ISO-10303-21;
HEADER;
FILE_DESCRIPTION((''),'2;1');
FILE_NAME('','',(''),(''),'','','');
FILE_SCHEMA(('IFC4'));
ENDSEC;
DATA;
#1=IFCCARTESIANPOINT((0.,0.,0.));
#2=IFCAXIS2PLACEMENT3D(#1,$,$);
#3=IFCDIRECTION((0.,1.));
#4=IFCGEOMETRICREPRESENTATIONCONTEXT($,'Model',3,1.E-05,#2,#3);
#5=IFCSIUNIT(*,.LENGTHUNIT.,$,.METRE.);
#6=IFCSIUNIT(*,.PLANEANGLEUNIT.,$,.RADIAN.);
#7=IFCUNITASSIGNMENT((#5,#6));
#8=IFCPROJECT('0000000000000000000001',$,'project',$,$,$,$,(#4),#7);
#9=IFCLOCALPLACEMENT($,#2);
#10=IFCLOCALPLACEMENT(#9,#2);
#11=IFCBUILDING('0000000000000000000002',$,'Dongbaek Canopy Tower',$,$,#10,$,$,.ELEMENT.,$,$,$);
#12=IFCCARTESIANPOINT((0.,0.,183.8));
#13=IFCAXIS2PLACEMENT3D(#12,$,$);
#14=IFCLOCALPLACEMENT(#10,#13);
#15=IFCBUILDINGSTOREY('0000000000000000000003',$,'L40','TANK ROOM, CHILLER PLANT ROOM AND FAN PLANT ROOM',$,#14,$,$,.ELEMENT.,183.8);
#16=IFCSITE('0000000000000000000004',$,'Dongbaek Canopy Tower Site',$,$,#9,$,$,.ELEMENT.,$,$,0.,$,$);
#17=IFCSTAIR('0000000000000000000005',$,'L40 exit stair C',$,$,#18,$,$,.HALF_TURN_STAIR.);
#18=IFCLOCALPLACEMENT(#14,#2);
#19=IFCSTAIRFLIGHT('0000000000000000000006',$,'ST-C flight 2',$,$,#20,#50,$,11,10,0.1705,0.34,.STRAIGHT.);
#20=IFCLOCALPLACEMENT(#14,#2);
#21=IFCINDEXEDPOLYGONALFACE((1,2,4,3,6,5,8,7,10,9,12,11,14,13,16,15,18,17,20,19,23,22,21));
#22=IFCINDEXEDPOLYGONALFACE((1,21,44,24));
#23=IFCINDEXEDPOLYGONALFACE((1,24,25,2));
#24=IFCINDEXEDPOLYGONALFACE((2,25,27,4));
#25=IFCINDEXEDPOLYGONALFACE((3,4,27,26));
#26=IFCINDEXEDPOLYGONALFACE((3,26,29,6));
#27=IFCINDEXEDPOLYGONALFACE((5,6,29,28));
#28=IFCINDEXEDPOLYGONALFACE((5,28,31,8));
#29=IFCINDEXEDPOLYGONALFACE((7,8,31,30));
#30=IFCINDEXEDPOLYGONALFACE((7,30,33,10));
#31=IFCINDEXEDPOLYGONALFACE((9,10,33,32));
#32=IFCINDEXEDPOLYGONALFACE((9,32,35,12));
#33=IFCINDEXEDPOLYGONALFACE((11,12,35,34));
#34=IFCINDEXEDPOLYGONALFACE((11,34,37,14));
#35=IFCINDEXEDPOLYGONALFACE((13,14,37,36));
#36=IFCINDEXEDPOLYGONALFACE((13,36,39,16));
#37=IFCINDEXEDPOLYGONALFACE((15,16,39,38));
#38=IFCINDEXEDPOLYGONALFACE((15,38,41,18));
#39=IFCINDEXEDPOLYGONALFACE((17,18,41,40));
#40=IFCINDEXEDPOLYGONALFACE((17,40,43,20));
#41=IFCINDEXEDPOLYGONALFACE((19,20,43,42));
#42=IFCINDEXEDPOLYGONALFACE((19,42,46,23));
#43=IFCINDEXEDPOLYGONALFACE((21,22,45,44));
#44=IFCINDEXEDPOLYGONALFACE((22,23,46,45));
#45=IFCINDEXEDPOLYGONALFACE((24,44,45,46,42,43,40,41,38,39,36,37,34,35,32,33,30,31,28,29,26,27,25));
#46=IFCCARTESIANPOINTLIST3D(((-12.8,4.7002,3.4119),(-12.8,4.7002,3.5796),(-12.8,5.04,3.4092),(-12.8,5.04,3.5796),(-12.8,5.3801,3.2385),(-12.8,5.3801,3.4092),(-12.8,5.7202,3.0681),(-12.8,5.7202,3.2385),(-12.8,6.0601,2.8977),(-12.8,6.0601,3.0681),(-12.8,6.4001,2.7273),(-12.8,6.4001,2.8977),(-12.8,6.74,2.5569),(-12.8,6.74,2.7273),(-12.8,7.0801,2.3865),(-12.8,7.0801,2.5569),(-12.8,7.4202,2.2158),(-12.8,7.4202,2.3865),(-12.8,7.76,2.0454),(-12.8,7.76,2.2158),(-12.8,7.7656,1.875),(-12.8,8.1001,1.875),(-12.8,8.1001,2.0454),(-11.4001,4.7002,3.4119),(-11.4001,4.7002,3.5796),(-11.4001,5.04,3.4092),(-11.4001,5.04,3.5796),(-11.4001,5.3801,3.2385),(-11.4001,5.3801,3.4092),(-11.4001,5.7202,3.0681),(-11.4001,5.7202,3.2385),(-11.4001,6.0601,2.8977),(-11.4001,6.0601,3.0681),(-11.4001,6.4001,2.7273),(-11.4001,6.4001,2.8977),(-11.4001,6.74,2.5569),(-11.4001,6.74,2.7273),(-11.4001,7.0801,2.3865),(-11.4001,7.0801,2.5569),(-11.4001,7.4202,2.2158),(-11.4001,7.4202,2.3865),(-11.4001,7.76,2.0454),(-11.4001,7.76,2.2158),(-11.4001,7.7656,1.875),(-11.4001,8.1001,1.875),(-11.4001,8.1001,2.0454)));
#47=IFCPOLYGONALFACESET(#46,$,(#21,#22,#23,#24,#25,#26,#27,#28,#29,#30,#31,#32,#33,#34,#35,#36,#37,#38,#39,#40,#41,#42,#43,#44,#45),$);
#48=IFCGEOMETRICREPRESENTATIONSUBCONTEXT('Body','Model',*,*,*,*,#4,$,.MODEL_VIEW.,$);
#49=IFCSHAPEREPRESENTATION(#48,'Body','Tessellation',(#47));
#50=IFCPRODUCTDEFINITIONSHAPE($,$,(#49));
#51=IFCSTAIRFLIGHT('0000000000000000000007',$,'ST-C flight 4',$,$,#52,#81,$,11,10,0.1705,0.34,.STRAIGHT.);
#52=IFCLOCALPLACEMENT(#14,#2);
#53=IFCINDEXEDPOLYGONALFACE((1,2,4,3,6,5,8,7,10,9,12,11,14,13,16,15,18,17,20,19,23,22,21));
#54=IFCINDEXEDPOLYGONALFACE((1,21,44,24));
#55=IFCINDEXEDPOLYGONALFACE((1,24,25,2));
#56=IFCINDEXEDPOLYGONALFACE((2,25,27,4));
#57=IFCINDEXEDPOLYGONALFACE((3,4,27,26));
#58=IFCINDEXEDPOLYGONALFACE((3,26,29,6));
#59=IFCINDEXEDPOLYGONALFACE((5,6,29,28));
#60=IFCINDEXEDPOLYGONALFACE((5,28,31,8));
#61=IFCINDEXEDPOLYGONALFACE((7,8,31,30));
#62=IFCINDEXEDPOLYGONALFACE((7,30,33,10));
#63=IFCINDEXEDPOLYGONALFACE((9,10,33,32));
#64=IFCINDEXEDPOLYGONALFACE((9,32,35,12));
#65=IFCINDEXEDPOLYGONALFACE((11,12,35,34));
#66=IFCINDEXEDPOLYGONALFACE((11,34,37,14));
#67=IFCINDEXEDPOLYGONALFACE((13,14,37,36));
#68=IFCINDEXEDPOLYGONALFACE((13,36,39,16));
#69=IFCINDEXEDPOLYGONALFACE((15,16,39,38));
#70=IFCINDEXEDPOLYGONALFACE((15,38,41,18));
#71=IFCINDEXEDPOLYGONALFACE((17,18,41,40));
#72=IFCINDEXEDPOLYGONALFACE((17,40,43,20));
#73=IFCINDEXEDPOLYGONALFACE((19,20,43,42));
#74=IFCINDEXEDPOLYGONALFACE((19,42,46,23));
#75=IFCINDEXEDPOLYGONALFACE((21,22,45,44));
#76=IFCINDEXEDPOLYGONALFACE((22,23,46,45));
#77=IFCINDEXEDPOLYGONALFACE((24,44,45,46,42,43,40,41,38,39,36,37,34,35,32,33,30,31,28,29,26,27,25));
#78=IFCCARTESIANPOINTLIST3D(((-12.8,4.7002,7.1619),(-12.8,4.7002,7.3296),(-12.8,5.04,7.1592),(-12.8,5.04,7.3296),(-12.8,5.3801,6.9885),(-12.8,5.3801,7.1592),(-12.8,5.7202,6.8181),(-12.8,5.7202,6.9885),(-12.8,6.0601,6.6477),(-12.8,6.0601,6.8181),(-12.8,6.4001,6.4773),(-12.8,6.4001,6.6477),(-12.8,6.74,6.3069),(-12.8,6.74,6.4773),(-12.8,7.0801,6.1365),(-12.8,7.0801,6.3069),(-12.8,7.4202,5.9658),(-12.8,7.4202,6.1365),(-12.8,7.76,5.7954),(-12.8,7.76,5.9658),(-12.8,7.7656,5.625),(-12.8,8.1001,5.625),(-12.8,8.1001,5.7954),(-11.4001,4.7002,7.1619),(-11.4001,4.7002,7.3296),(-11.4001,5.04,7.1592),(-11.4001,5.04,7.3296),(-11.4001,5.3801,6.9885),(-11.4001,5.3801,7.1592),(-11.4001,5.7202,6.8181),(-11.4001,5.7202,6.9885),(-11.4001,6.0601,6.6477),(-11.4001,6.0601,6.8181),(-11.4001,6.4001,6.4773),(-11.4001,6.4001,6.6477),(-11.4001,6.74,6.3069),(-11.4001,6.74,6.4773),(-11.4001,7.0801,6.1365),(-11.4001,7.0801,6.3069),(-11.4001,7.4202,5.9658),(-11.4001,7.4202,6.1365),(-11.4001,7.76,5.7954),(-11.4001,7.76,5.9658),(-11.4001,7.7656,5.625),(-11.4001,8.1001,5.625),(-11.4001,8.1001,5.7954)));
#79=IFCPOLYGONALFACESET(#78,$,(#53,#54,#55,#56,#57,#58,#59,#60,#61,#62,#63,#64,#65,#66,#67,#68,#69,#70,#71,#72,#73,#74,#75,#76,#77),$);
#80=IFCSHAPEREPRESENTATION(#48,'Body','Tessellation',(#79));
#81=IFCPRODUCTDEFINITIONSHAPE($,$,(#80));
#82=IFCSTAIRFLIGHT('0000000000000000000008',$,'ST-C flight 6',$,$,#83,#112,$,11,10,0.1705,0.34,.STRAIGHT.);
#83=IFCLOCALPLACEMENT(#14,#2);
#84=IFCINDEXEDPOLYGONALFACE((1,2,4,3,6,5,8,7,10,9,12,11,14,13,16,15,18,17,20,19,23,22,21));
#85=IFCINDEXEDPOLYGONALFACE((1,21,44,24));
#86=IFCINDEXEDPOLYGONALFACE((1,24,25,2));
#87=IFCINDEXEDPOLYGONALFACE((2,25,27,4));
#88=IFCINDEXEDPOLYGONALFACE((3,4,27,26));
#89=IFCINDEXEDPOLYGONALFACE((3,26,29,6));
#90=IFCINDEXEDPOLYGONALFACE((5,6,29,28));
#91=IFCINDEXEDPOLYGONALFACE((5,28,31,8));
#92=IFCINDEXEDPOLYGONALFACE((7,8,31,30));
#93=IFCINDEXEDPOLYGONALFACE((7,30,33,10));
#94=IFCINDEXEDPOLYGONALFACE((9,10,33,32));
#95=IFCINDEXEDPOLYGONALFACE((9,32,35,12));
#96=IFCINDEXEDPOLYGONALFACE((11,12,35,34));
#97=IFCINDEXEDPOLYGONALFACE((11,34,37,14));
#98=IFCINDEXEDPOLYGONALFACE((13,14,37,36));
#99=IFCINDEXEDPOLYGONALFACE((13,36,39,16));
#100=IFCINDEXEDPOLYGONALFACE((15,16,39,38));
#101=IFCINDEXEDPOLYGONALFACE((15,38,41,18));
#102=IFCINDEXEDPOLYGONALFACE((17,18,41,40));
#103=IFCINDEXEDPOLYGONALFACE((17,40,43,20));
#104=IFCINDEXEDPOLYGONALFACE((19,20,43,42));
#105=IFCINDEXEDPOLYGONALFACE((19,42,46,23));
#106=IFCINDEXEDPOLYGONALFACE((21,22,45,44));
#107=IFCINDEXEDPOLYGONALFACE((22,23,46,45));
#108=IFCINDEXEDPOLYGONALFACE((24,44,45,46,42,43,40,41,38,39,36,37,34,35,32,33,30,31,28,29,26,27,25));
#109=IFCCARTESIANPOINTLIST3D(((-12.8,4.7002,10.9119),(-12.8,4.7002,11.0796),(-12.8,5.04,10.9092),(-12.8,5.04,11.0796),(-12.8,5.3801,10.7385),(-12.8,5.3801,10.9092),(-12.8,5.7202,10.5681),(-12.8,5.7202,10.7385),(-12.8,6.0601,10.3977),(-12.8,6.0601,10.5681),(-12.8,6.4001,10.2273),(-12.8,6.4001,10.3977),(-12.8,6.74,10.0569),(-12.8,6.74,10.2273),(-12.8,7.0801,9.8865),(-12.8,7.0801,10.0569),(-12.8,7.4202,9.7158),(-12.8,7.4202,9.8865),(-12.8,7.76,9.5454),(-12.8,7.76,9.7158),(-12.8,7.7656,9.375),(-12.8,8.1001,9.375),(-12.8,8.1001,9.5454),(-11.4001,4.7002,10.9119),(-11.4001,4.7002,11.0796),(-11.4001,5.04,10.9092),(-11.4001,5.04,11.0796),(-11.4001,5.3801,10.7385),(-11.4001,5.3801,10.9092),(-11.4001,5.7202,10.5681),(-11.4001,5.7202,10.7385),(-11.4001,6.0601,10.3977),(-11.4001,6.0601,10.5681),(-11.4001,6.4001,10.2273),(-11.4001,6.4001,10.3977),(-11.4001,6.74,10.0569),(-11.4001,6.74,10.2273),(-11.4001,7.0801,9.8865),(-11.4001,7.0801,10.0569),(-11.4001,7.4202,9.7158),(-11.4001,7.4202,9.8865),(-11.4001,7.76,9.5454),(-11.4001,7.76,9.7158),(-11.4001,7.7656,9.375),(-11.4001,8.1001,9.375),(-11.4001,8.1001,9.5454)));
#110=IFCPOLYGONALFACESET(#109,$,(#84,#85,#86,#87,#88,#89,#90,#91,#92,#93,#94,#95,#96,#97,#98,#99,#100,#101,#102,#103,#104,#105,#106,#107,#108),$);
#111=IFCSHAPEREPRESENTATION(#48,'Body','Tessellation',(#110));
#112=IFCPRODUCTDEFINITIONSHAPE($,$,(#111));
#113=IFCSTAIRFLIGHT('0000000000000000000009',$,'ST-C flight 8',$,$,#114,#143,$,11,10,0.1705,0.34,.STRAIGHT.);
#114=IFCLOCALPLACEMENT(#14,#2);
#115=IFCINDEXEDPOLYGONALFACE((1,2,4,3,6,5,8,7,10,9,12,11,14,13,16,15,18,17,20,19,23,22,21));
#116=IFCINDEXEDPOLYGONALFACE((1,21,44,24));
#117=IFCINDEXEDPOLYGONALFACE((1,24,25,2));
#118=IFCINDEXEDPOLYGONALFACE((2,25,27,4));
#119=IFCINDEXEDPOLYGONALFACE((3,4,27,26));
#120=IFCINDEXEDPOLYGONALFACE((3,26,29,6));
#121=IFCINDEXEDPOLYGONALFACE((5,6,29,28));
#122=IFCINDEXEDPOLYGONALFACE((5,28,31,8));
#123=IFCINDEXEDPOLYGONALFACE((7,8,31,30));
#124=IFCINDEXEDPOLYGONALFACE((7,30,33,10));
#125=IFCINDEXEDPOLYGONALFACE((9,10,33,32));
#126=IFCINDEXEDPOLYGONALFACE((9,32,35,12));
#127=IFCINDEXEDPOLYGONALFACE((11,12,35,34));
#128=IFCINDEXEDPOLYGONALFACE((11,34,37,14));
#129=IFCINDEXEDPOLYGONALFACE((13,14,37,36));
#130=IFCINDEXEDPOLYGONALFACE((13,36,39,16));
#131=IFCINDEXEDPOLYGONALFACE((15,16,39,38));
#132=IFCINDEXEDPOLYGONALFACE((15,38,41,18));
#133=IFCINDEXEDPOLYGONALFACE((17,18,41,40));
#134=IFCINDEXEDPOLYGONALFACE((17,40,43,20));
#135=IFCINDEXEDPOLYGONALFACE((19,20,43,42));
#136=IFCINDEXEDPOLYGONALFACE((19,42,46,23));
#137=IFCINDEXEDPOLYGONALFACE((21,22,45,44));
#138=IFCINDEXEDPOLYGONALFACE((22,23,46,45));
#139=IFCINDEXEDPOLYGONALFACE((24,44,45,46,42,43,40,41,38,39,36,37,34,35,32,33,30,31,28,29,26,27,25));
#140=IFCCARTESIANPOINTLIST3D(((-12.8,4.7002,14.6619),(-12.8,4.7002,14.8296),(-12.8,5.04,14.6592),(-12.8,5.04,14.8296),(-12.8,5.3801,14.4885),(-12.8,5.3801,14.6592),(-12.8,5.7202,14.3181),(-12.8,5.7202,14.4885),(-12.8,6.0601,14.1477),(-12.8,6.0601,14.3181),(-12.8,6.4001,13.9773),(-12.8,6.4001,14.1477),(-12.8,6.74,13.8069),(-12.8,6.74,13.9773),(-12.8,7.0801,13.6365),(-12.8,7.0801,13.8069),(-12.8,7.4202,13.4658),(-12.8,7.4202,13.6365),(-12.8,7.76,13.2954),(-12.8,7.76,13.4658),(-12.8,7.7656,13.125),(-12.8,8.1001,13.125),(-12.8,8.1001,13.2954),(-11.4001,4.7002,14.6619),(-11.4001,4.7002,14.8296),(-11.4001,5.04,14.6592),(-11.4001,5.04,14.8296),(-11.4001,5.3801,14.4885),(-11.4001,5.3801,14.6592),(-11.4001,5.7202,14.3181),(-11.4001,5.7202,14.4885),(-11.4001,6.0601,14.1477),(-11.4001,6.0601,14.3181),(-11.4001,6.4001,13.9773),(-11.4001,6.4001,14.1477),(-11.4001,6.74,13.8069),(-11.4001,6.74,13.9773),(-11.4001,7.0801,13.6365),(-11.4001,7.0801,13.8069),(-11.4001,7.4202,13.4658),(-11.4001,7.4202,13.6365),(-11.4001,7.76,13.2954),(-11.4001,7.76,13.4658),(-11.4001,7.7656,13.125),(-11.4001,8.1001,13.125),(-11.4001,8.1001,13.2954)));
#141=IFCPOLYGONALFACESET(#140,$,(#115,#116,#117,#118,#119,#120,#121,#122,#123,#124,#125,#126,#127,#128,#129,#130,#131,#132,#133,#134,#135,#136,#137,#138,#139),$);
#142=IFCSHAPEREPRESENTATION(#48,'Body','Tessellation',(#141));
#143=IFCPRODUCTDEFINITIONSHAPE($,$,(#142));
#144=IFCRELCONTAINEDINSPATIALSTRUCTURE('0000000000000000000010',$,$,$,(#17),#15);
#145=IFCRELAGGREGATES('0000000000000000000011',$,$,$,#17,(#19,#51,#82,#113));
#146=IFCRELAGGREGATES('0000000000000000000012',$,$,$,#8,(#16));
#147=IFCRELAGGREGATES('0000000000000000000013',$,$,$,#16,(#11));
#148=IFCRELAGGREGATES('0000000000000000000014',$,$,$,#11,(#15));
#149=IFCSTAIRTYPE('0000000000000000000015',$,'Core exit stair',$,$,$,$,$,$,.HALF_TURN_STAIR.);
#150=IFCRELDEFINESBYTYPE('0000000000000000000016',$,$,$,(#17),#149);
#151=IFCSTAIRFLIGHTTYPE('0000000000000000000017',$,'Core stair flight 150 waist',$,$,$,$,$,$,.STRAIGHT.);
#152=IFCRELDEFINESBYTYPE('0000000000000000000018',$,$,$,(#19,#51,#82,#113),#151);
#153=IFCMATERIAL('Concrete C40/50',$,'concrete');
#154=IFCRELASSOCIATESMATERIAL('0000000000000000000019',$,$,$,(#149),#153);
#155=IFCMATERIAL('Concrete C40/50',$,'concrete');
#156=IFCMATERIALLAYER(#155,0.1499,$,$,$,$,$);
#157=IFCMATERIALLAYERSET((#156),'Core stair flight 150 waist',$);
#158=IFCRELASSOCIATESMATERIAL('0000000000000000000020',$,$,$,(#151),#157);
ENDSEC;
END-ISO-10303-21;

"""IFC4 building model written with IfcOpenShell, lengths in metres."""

from ifc_helpers import new_model, si_unit, direction, frame, origin, place, context, subcontext, project, spatial, polyline, outline, extrude, material, layer, layer_set, type_object, element, aggregate, save


model = new_model("IFC4")

# Units and contexts
model_context = context("Model", 3, precision=1e-05, world=origin(), true_north=direction((0.0, 1.0)))
body_context = subcontext(model_context, "Body", "Model", "MODEL_VIEW")
ifc_project = project(units=[si_unit("LENGTHUNIT", "METRE"), si_unit("PLANEANGLEUNIT", "RADIAN")], contexts=[model_context])

# Site, building, storey
site_placement = place(None, origin())
site = spatial("IfcSite", under=ifc_project, at=site_placement, Name="Dongbaek Canopy Tower Site", CompositionType="ELEMENT", RefElevation=0.0)
building_placement = place(site_placement, origin())
building = spatial("IfcBuilding", under=site, at=building_placement, Name="Dongbaek Canopy Tower", CompositionType="ELEMENT")
storey_placement = place(building_placement, frame((0.0, 0.0, 183.8)))
storey = spatial("IfcBuildingStorey", under=building, at=storey_placement, Name="L40", Description="TANK ROOM, CHILLER PLANT ROOM AND FAN PLANT ROOM", CompositionType="ELEMENT", Elevation=183.8)

# Stair, stair flights
ifc_material_1 = material(Name="Concrete C40/50", Category="concrete")
stair_type = type_object("IfcStairType", Name="Core exit stair", PredefinedType="HALF_TURN_STAIR", material=ifc_material_1)
stair_placement = place(storey_placement, origin())
stair = element("IfcStair", 1, at=stair_placement, inside=storey, type_object=stair_type, Name="L40 exit stair C", PredefinedType="HALF_TURN_STAIR")
ifc_material_2 = material(Name="Concrete C40/50", Category="concrete")
ifc_layer_1 = layer(ifc_material_2, 0.1499)
ifc_layer_set_1 = layer_set([ifc_layer_1], Name="Core stair flight 150 waist")
stair_flight_type = type_object("IfcStairFlightType", Name="Core stair flight 150 waist", PredefinedType="STRAIGHT", material=ifc_layer_set_1)
stair_flight_1_placement = place(storey_placement, frame((-12.1001, 8.1001, 1.875), z_axis=(0.0, 0.0, 1.0), x_axis=(0.0, -1.0, 0.0)))
stair_flight_1 = element("IfcStairFlight", 2, at=stair_flight_1_placement, type_object=stair_flight_type, Name="ST-C flight 2", NumberOfRisers=11, NumberOfTreads=10, PredefinedType="STRAIGHT", RiserHeight=0.1705, TreadLength=0.34, context=body_context, shape_type="SweptSolid", body=[
    extrude(outline(polyline([(0.0, 0.0), (0.0, 0.1704), (0.3401, 0.1704), (0.3401, 0.3408), (0.6799, 0.3408), (0.6799, 0.5115), (1.02, 0.5115), (1.02, 0.6819), (1.3601, 0.6819), (1.3601, 0.8523), (1.7, 0.8523), (1.7, 1.0227), (2.04, 1.0227), (2.04, 1.1931), (2.3799, 1.1931), (2.3799, 1.3635), (2.72, 1.3635), (2.72, 1.5342), (3.0601, 1.5342), (3.0601, 1.7046), (3.3999, 1.7046), (3.3999, 1.875), (3.3999, 1.5369), (0.3345, 0.0), (0.0, 0.0)])), frame((0.0, 0.7, 0.0), z_axis=(0.0, -1.0, 0.0), x_axis=(1.0, 0.0, 0.0)), (0.0, 0.0, 1.0), 1.3999),
])
stair_flight_2_placement = place(storey_placement, frame((-12.1001, 8.1001, 5.625), z_axis=(0.0, 0.0, 1.0), x_axis=(0.0, -1.0, 0.0)))
stair_flight_2 = element("IfcStairFlight", 3, at=stair_flight_2_placement, type_object=stair_flight_type, Name="ST-C flight 4", NumberOfRisers=11, NumberOfTreads=10, PredefinedType="STRAIGHT", RiserHeight=0.1705, TreadLength=0.34, context=body_context, shape_type="SweptSolid", body=[
    extrude(outline(polyline([(0.0, 0.0), (0.0, 0.1704), (0.3401, 0.1704), (0.3401, 0.3408), (0.6799, 0.3408), (0.6799, 0.5115), (1.02, 0.5115), (1.02, 0.6819), (1.3601, 0.6819), (1.3601, 0.8523), (1.7, 0.8523), (1.7, 1.0227), (2.04, 1.0227), (2.04, 1.1931), (2.3799, 1.1931), (2.3799, 1.3635), (2.72, 1.3635), (2.72, 1.5342), (3.0601, 1.5342), (3.0601, 1.7046), (3.3999, 1.7046), (3.3999, 1.875), (3.3999, 1.5369), (0.3345, 0.0), (0.0, 0.0)])), frame((0.0, 0.7, 0.0), z_axis=(0.0, -1.0, 0.0), x_axis=(1.0, 0.0, 0.0)), (0.0, 0.0, 1.0), 1.3999),
])
stair_flight_3_placement = place(storey_placement, frame((-12.1001, 8.1001, 9.375), z_axis=(0.0, 0.0, 1.0), x_axis=(0.0, -1.0, 0.0)))
stair_flight_3 = element("IfcStairFlight", 4, at=stair_flight_3_placement, type_object=stair_flight_type, Name="ST-C flight 6", NumberOfRisers=11, NumberOfTreads=10, PredefinedType="STRAIGHT", RiserHeight=0.1705, TreadLength=0.34, context=body_context, shape_type="SweptSolid", body=[
    extrude(outline(polyline([(0.0, 0.0), (0.0, 0.1704), (0.3401, 0.1704), (0.3401, 0.3408), (0.6799, 0.3408), (0.6799, 0.5115), (1.02, 0.5115), (1.02, 0.6819), (1.3601, 0.6819), (1.3601, 0.8523), (1.7, 0.8523), (1.7, 1.0227), (2.04, 1.0227), (2.04, 1.1931), (2.3799, 1.1931), (2.3799, 1.3635), (2.72, 1.3635), (2.72, 1.5342), (3.0601, 1.5342), (3.0601, 1.7046), (3.3999, 1.7046), (3.3999, 1.875), (3.3999, 1.5369), (0.3345, 0.0), (0.0, 0.0)])), frame((0.0, 0.7, 0.0), z_axis=(0.0, -1.0, 0.0), x_axis=(1.0, 0.0, 0.0)), (0.0, 0.0, 1.0), 1.3999),
])
stair_flight_4_placement = place(storey_placement, frame((-12.1001, 8.1001, 13.125), z_axis=(0.0, 0.0, 1.0), x_axis=(0.0, -1.0, 0.0)))
stair_flight_4 = element("IfcStairFlight", 5, at=stair_flight_4_placement, type_object=stair_flight_type, Name="ST-C flight 8", NumberOfRisers=11, NumberOfTreads=10, PredefinedType="STRAIGHT", RiserHeight=0.1705, TreadLength=0.34, context=body_context, shape_type="SweptSolid", body=[
    extrude(outline(polyline([(0.0, 0.0), (0.0, 0.1704), (0.3401, 0.1704), (0.3401, 0.3408), (0.6799, 0.3408), (0.6799, 0.5115), (1.02, 0.5115), (1.02, 0.6819), (1.3601, 0.6819), (1.3601, 0.8523), (1.7, 0.8523), (1.7, 1.0227), (2.04, 1.0227), (2.04, 1.1931), (2.3799, 1.1931), (2.3799, 1.3635), (2.72, 1.3635), (2.72, 1.5342), (3.0601, 1.5342), (3.0601, 1.7046), (3.3999, 1.7046), (3.3999, 1.875), (3.3999, 1.5369), (0.3345, 0.0), (0.0, 0.0)])), frame((0.0, 0.7, 0.0), z_axis=(0.0, -1.0, 0.0), x_axis=(1.0, 0.0, 0.0)), (0.0, 0.0, 1.0), 1.3999),
])
aggregate(stair, [stair_flight_1, stair_flight_2, stair_flight_3, stair_flight_4])

save(model, "model.ifc")
